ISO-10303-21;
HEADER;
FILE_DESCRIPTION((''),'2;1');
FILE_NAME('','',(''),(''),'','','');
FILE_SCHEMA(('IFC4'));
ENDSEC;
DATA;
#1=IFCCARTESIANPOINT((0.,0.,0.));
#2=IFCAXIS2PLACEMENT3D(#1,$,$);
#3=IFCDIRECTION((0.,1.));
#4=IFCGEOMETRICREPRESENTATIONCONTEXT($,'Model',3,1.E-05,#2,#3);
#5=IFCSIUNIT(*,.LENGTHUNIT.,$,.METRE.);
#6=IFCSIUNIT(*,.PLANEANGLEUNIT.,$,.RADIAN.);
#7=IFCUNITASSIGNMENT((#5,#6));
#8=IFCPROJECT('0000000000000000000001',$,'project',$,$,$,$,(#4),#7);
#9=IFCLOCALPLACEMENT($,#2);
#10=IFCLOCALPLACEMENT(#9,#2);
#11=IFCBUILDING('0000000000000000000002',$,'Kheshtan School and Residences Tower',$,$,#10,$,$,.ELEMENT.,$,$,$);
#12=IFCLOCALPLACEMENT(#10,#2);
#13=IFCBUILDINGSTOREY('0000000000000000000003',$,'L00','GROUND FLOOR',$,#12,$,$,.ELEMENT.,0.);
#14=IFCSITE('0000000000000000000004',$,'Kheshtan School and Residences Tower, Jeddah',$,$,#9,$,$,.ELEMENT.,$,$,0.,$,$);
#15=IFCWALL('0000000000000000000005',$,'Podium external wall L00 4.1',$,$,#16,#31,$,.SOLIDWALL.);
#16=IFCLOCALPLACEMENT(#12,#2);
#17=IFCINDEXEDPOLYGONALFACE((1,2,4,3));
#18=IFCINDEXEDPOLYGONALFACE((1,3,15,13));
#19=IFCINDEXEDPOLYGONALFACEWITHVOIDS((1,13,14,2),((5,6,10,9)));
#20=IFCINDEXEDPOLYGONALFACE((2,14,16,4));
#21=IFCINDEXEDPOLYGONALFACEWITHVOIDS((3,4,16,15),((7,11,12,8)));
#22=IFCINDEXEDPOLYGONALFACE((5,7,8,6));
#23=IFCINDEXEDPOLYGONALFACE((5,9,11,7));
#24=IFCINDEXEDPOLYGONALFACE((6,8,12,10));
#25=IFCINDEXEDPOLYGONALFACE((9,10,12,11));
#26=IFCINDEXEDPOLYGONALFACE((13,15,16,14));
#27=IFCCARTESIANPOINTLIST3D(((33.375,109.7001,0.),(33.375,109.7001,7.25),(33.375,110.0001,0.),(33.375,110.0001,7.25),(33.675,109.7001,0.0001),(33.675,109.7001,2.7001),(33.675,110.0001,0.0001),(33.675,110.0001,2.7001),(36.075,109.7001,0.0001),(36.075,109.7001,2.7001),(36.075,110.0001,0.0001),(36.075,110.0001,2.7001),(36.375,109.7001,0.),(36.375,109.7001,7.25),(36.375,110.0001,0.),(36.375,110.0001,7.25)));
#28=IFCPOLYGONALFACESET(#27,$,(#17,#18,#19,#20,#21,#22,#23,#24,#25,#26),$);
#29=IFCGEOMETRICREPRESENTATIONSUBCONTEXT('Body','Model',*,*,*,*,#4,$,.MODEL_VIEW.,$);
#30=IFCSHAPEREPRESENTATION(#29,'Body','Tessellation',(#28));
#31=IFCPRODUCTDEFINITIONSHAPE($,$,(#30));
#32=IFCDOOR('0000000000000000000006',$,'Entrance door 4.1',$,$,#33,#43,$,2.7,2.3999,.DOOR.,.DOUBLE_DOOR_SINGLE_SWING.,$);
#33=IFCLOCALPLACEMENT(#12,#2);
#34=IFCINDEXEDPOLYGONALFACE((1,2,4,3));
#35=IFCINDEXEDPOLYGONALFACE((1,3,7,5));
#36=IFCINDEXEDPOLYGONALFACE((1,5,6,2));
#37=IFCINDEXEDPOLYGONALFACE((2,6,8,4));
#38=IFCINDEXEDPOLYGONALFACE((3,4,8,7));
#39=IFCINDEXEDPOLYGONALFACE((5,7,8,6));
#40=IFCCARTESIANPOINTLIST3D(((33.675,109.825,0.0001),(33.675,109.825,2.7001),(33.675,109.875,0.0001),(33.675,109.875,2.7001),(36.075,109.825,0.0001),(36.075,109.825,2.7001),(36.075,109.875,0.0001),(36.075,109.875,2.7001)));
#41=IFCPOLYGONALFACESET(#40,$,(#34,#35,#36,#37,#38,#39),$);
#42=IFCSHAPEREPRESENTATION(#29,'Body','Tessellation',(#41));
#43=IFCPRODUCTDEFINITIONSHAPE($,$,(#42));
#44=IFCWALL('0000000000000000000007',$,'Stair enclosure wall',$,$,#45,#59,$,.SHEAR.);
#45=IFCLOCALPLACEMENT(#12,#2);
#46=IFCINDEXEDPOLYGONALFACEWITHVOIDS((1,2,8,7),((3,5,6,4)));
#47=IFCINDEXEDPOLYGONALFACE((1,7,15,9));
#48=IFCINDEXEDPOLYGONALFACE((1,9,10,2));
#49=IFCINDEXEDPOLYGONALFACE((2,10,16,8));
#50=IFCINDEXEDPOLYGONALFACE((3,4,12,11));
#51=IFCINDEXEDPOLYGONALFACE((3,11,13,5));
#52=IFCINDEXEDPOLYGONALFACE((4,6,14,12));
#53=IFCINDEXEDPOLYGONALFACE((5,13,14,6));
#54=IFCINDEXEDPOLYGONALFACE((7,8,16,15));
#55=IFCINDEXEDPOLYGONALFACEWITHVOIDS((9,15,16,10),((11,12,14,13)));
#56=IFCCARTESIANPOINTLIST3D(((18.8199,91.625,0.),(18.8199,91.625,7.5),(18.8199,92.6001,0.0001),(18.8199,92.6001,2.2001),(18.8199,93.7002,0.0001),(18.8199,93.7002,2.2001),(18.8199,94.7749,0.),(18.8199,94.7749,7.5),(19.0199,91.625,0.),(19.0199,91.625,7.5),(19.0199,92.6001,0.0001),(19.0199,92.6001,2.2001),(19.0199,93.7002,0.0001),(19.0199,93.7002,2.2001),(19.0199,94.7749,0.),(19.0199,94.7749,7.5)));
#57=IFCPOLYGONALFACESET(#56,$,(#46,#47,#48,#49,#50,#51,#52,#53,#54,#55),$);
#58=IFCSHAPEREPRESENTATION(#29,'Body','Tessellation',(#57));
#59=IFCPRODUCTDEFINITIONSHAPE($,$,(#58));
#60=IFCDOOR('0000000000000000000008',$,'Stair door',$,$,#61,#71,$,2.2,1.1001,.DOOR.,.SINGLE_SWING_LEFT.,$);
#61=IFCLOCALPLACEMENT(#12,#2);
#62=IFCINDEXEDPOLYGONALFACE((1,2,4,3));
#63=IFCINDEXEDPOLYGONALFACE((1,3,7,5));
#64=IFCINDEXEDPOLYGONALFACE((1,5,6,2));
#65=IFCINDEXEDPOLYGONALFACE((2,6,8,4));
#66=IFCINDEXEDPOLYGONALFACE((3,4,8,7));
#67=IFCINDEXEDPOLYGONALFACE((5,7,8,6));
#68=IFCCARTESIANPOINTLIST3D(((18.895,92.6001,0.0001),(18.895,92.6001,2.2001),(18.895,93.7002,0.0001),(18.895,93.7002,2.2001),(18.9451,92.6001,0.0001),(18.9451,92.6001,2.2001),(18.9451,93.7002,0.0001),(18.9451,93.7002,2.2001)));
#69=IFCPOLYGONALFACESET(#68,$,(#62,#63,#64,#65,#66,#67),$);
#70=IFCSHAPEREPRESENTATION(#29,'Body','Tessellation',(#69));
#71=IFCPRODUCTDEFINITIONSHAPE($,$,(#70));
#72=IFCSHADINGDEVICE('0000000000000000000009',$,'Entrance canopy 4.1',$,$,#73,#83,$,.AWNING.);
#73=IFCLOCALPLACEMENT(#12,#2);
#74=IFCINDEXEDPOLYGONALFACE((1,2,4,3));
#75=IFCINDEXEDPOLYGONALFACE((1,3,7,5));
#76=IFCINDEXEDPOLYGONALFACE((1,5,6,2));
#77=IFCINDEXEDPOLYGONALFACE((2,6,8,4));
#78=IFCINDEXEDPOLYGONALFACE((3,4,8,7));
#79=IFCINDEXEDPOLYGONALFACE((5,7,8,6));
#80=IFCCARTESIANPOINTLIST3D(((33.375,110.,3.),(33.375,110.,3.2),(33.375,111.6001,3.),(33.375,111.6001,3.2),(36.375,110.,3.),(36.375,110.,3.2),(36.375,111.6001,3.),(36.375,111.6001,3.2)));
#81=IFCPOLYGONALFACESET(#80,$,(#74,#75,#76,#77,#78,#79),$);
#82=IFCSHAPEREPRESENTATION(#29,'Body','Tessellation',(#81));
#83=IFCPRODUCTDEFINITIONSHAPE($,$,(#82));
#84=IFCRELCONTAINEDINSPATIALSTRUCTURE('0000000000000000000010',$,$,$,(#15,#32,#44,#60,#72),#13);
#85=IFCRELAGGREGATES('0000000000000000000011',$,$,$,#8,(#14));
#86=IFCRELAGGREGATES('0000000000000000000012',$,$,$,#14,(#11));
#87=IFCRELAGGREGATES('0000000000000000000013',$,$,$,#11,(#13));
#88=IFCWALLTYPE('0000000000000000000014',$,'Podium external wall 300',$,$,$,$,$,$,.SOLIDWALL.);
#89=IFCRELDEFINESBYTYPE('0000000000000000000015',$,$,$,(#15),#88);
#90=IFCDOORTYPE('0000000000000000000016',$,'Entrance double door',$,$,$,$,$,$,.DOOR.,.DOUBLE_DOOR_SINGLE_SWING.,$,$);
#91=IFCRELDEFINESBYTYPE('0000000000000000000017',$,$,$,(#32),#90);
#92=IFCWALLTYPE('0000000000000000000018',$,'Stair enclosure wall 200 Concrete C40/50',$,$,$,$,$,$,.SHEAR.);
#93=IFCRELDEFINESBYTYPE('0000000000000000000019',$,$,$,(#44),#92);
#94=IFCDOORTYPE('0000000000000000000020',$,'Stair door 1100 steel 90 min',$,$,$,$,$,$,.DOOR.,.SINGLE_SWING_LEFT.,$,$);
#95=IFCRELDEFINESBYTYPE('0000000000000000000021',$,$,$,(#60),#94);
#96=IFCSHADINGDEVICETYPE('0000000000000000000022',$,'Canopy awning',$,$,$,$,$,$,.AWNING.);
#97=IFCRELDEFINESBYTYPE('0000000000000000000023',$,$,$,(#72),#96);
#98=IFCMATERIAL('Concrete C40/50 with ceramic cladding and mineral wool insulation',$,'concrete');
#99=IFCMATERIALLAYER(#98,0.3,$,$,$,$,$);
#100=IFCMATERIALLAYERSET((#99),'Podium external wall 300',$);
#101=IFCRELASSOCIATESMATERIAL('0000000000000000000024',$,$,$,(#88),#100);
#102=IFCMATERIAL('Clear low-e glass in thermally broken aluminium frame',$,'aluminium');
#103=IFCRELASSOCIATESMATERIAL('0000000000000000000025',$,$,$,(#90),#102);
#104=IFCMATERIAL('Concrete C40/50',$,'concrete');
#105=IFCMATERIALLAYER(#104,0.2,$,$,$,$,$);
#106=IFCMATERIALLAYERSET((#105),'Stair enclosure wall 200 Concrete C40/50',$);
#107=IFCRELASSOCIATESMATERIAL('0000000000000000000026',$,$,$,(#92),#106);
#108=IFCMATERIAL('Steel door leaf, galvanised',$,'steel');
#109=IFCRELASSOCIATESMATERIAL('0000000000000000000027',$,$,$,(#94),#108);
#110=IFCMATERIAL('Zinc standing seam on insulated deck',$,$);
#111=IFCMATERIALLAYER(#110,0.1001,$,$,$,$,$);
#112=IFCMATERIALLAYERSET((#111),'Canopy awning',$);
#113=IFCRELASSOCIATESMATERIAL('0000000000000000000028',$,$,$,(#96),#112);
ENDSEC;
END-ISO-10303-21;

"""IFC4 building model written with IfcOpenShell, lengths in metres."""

from ifc_helpers import new_model, si_unit, direction, frame, frame_2d, origin, origin_2d, place, context, subcontext, project, spatial, rectangle, extrude, source, transform, mapped, material, layer, layer_set, type_object, element, fill, save


model = new_model("IFC4")

# Units and contexts
model_context = context("Model", 3, precision=1e-05, world=origin(), true_north=direction((0.0, 1.0)))
body_context = subcontext(model_context, "Body", "Model", "MODEL_VIEW")
ifc_project = project(units=[si_unit("LENGTHUNIT", "METRE"), si_unit("PLANEANGLEUNIT", "RADIAN")], contexts=[model_context])

# Site, building, storey
site_placement = place(None, origin())
site = spatial("IfcSite", under=ifc_project, at=site_placement, Name="Kheshtan School and Residences Tower, Jeddah", CompositionType="ELEMENT", RefElevation=0.0)
building_placement = place(site_placement, origin())
building = spatial("IfcBuilding", under=site, at=building_placement, Name="Kheshtan School and Residences Tower", CompositionType="ELEMENT")
storey_placement = place(building_placement, origin())
storey = spatial("IfcBuildingStorey", under=building, at=storey_placement, Name="L00", Description="GROUND FLOOR", CompositionType="ELEMENT", Elevation=0.0)

# Shared definitions
ifc_material_1 = material(Name="Clear low-e glass in thermally broken aluminium frame", Category="aluminium")

# Walls, openings, doors
ifc_material_2 = material(Name="Concrete C40/50 with ceramic cladding and mineral wool insulation", Category="concrete")
ifc_layer_1 = layer(ifc_material_2, 0.3)
ifc_layer_set_1 = layer_set([ifc_layer_1], Name="Podium external wall 300")
wall_type_1 = type_object("IfcWallType", Name="Podium external wall 300", PredefinedType="SOLIDWALL", material=ifc_layer_set_1)
wall_1_placement = place(storey_placement, frame((33.375, 109.8501, 0.0), z_axis=(0.0, 0.0, 1.0), x_axis=(1.0, 0.0, 0.0)))
wall_1 = element("IfcWall", 1, at=wall_1_placement, inside=storey, type_object=wall_type_1, Name="Podium external wall L00 4.1", PredefinedType="SOLIDWALL", context=body_context, shape_type="SweptSolid", body=[
    extrude(rectangle(XDim=3.0, YDim=0.3, at=frame_2d((1.5, 0.0))), origin(), (0.0, 0.0, 1.0), 7.25),
])
opening_1_placement = place(wall_1_placement, frame((0.3, 0.0, 0.0)))
opening_1 = element("IfcOpeningElement", 2, at=opening_1_placement, cuts=wall_1, PredefinedType="OPENING", context=body_context, shape_type="SweptSolid", body=[
    extrude(rectangle(XDim=2.3999, YDim=2.7, at=frame_2d((1.2, 1.3501))), frame((0.0, 0.1602, 0.0), z_axis=(0.0, -1.0, 0.0), x_axis=(1.0, 0.0, 0.0)), (0.0, 0.0, 1.0), 0.3201),
])
door_type_1 = type_object("IfcDoorType", Name="Entrance double door", OperationType="DOUBLE_DOOR_SINGLE_SWING", PredefinedType="DOOR", material=ifc_material_1)
shared_shape_1 = source(origin(), body_context, "Body", "SweptSolid", [
    extrude(rectangle(XDim=2.3999, YDim=2.7, at=frame_2d((1.2, 1.3501))), frame((0.0, 0.0249, 0.0), z_axis=(0.0, -1.0, 0.0), x_axis=(1.0, 0.0, 0.0)), (0.0, 0.0, 1.0), 0.05),
])
door_1_placement = place(opening_1_placement, origin())
door_1 = element("IfcDoor", 3, at=door_1_placement, inside=storey, type_object=door_type_1, Name="Entrance door 4.1", OperationType="DOUBLE_DOOR_SINGLE_SWING", OverallHeight=2.7, OverallWidth=2.3999, PredefinedType="DOOR", context=body_context, shape_type="MappedRepresentation", body=[
    mapped(shared_shape_1, transform((0.0, 0.0, 0.0), x_axis=(1.0, 0.0, 0.0), y_axis=(0.0, 1.0, 0.0), z_axis=(0.0, 0.0, 1.0), scale=1.0)),
])
fill(opening_1, door_1)
ifc_material_3 = material(Name="Concrete C40/50", Category="concrete")
ifc_layer_2 = layer(ifc_material_3, 0.2)
ifc_layer_set_2 = layer_set([ifc_layer_2], Name="Stair enclosure wall 200 Concrete C40/50")
wall_type_2 = type_object("IfcWallType", Name="Stair enclosure wall 200 Concrete C40/50", PredefinedType="SHEAR", material=ifc_layer_set_2)
wall_2_placement = place(storey_placement, frame((18.9199, 91.625, 0.0), z_axis=(0.0, 0.0, 1.0), x_axis=(0.0, 1.0, 0.0)))
wall_2 = element("IfcWall", 4, at=wall_2_placement, inside=storey, type_object=wall_type_2, Name="Stair enclosure wall", PredefinedType="SHEAR", context=body_context, shape_type="SweptSolid", body=[
    extrude(rectangle(XDim=3.1499, YDim=0.2, at=frame_2d((1.575, 0.0))), origin(), (0.0, 0.0, 1.0), 7.5),
])
opening_2_placement = place(wall_2_placement, frame((0.9751, 0.0, 0.0)))
opening_2 = element("IfcOpeningElement", 5, at=opening_2_placement, cuts=wall_2, PredefinedType="OPENING", context=body_context, shape_type="SweptSolid", body=[
    extrude(rectangle(XDim=1.1001, YDim=2.2, at=frame_2d((0.55, 1.1001))), frame((0.0, 0.1099, 0.0), z_axis=(0.0, -1.0, 0.0), x_axis=(1.0, 0.0, 0.0)), (0.0, 0.0, 1.0), 0.22),
])
ifc_material_4 = material(Name="Steel door leaf, galvanised", Category="steel")
door_type_2 = type_object("IfcDoorType", Name="Stair door 1100 steel 90 min", OperationType="SINGLE_SWING_LEFT", PredefinedType="DOOR", material=ifc_material_4)
shared_shape_2 = source(origin(), body_context, "Body", "SweptSolid", [
    extrude(rectangle(XDim=1.1001, YDim=2.2, at=frame_2d((0.55, 1.1001))), frame((0.0, 0.0249, 0.0), z_axis=(0.0, -1.0, 0.0), x_axis=(1.0, 0.0, 0.0)), (0.0, 0.0, 1.0), 0.05),
])
door_2_placement = place(opening_2_placement, origin())
door_2 = element("IfcDoor", 6, at=door_2_placement, inside=storey, type_object=door_type_2, Name="Stair door", OperationType="SINGLE_SWING_LEFT", OverallHeight=2.2, OverallWidth=1.1001, PredefinedType="DOOR", context=body_context, shape_type="MappedRepresentation", body=[
    mapped(shared_shape_2, transform((0.0, 0.0, 0.0), x_axis=(1.0, 0.0, 0.0), y_axis=(0.0, 1.0, 0.0), z_axis=(0.0, 0.0, 1.0), scale=1.0)),
])
fill(opening_2, door_2)

# Shading device
ifc_material_5 = material(Name="Zinc standing seam on insulated deck")
ifc_layer_3 = layer(ifc_material_5, 0.1001)
ifc_layer_set_3 = layer_set([ifc_layer_3], Name="Canopy awning")
shading_device_type = type_object("IfcShadingDeviceType", Name="Canopy awning", PredefinedType="AWNING", material=ifc_layer_set_3)
shading_device_placement = place(storey_placement, frame((34.875, 110.8, 3.0), z_axis=(0.0, 0.0, 1.0), x_axis=(1.0, 0.0, 0.0)))
element("IfcShadingDevice", 7, at=shading_device_placement, inside=storey, type_object=shading_device_type, Name="Entrance canopy 4.1", PredefinedType="AWNING", context=body_context, shape_type="SweptSolid", body=[
    extrude(rectangle(XDim=3.0, YDim=1.6001, at=origin_2d()), origin(), (0.0, 0.0, 1.0), 0.2),
])

save(model, "model.ifc")
